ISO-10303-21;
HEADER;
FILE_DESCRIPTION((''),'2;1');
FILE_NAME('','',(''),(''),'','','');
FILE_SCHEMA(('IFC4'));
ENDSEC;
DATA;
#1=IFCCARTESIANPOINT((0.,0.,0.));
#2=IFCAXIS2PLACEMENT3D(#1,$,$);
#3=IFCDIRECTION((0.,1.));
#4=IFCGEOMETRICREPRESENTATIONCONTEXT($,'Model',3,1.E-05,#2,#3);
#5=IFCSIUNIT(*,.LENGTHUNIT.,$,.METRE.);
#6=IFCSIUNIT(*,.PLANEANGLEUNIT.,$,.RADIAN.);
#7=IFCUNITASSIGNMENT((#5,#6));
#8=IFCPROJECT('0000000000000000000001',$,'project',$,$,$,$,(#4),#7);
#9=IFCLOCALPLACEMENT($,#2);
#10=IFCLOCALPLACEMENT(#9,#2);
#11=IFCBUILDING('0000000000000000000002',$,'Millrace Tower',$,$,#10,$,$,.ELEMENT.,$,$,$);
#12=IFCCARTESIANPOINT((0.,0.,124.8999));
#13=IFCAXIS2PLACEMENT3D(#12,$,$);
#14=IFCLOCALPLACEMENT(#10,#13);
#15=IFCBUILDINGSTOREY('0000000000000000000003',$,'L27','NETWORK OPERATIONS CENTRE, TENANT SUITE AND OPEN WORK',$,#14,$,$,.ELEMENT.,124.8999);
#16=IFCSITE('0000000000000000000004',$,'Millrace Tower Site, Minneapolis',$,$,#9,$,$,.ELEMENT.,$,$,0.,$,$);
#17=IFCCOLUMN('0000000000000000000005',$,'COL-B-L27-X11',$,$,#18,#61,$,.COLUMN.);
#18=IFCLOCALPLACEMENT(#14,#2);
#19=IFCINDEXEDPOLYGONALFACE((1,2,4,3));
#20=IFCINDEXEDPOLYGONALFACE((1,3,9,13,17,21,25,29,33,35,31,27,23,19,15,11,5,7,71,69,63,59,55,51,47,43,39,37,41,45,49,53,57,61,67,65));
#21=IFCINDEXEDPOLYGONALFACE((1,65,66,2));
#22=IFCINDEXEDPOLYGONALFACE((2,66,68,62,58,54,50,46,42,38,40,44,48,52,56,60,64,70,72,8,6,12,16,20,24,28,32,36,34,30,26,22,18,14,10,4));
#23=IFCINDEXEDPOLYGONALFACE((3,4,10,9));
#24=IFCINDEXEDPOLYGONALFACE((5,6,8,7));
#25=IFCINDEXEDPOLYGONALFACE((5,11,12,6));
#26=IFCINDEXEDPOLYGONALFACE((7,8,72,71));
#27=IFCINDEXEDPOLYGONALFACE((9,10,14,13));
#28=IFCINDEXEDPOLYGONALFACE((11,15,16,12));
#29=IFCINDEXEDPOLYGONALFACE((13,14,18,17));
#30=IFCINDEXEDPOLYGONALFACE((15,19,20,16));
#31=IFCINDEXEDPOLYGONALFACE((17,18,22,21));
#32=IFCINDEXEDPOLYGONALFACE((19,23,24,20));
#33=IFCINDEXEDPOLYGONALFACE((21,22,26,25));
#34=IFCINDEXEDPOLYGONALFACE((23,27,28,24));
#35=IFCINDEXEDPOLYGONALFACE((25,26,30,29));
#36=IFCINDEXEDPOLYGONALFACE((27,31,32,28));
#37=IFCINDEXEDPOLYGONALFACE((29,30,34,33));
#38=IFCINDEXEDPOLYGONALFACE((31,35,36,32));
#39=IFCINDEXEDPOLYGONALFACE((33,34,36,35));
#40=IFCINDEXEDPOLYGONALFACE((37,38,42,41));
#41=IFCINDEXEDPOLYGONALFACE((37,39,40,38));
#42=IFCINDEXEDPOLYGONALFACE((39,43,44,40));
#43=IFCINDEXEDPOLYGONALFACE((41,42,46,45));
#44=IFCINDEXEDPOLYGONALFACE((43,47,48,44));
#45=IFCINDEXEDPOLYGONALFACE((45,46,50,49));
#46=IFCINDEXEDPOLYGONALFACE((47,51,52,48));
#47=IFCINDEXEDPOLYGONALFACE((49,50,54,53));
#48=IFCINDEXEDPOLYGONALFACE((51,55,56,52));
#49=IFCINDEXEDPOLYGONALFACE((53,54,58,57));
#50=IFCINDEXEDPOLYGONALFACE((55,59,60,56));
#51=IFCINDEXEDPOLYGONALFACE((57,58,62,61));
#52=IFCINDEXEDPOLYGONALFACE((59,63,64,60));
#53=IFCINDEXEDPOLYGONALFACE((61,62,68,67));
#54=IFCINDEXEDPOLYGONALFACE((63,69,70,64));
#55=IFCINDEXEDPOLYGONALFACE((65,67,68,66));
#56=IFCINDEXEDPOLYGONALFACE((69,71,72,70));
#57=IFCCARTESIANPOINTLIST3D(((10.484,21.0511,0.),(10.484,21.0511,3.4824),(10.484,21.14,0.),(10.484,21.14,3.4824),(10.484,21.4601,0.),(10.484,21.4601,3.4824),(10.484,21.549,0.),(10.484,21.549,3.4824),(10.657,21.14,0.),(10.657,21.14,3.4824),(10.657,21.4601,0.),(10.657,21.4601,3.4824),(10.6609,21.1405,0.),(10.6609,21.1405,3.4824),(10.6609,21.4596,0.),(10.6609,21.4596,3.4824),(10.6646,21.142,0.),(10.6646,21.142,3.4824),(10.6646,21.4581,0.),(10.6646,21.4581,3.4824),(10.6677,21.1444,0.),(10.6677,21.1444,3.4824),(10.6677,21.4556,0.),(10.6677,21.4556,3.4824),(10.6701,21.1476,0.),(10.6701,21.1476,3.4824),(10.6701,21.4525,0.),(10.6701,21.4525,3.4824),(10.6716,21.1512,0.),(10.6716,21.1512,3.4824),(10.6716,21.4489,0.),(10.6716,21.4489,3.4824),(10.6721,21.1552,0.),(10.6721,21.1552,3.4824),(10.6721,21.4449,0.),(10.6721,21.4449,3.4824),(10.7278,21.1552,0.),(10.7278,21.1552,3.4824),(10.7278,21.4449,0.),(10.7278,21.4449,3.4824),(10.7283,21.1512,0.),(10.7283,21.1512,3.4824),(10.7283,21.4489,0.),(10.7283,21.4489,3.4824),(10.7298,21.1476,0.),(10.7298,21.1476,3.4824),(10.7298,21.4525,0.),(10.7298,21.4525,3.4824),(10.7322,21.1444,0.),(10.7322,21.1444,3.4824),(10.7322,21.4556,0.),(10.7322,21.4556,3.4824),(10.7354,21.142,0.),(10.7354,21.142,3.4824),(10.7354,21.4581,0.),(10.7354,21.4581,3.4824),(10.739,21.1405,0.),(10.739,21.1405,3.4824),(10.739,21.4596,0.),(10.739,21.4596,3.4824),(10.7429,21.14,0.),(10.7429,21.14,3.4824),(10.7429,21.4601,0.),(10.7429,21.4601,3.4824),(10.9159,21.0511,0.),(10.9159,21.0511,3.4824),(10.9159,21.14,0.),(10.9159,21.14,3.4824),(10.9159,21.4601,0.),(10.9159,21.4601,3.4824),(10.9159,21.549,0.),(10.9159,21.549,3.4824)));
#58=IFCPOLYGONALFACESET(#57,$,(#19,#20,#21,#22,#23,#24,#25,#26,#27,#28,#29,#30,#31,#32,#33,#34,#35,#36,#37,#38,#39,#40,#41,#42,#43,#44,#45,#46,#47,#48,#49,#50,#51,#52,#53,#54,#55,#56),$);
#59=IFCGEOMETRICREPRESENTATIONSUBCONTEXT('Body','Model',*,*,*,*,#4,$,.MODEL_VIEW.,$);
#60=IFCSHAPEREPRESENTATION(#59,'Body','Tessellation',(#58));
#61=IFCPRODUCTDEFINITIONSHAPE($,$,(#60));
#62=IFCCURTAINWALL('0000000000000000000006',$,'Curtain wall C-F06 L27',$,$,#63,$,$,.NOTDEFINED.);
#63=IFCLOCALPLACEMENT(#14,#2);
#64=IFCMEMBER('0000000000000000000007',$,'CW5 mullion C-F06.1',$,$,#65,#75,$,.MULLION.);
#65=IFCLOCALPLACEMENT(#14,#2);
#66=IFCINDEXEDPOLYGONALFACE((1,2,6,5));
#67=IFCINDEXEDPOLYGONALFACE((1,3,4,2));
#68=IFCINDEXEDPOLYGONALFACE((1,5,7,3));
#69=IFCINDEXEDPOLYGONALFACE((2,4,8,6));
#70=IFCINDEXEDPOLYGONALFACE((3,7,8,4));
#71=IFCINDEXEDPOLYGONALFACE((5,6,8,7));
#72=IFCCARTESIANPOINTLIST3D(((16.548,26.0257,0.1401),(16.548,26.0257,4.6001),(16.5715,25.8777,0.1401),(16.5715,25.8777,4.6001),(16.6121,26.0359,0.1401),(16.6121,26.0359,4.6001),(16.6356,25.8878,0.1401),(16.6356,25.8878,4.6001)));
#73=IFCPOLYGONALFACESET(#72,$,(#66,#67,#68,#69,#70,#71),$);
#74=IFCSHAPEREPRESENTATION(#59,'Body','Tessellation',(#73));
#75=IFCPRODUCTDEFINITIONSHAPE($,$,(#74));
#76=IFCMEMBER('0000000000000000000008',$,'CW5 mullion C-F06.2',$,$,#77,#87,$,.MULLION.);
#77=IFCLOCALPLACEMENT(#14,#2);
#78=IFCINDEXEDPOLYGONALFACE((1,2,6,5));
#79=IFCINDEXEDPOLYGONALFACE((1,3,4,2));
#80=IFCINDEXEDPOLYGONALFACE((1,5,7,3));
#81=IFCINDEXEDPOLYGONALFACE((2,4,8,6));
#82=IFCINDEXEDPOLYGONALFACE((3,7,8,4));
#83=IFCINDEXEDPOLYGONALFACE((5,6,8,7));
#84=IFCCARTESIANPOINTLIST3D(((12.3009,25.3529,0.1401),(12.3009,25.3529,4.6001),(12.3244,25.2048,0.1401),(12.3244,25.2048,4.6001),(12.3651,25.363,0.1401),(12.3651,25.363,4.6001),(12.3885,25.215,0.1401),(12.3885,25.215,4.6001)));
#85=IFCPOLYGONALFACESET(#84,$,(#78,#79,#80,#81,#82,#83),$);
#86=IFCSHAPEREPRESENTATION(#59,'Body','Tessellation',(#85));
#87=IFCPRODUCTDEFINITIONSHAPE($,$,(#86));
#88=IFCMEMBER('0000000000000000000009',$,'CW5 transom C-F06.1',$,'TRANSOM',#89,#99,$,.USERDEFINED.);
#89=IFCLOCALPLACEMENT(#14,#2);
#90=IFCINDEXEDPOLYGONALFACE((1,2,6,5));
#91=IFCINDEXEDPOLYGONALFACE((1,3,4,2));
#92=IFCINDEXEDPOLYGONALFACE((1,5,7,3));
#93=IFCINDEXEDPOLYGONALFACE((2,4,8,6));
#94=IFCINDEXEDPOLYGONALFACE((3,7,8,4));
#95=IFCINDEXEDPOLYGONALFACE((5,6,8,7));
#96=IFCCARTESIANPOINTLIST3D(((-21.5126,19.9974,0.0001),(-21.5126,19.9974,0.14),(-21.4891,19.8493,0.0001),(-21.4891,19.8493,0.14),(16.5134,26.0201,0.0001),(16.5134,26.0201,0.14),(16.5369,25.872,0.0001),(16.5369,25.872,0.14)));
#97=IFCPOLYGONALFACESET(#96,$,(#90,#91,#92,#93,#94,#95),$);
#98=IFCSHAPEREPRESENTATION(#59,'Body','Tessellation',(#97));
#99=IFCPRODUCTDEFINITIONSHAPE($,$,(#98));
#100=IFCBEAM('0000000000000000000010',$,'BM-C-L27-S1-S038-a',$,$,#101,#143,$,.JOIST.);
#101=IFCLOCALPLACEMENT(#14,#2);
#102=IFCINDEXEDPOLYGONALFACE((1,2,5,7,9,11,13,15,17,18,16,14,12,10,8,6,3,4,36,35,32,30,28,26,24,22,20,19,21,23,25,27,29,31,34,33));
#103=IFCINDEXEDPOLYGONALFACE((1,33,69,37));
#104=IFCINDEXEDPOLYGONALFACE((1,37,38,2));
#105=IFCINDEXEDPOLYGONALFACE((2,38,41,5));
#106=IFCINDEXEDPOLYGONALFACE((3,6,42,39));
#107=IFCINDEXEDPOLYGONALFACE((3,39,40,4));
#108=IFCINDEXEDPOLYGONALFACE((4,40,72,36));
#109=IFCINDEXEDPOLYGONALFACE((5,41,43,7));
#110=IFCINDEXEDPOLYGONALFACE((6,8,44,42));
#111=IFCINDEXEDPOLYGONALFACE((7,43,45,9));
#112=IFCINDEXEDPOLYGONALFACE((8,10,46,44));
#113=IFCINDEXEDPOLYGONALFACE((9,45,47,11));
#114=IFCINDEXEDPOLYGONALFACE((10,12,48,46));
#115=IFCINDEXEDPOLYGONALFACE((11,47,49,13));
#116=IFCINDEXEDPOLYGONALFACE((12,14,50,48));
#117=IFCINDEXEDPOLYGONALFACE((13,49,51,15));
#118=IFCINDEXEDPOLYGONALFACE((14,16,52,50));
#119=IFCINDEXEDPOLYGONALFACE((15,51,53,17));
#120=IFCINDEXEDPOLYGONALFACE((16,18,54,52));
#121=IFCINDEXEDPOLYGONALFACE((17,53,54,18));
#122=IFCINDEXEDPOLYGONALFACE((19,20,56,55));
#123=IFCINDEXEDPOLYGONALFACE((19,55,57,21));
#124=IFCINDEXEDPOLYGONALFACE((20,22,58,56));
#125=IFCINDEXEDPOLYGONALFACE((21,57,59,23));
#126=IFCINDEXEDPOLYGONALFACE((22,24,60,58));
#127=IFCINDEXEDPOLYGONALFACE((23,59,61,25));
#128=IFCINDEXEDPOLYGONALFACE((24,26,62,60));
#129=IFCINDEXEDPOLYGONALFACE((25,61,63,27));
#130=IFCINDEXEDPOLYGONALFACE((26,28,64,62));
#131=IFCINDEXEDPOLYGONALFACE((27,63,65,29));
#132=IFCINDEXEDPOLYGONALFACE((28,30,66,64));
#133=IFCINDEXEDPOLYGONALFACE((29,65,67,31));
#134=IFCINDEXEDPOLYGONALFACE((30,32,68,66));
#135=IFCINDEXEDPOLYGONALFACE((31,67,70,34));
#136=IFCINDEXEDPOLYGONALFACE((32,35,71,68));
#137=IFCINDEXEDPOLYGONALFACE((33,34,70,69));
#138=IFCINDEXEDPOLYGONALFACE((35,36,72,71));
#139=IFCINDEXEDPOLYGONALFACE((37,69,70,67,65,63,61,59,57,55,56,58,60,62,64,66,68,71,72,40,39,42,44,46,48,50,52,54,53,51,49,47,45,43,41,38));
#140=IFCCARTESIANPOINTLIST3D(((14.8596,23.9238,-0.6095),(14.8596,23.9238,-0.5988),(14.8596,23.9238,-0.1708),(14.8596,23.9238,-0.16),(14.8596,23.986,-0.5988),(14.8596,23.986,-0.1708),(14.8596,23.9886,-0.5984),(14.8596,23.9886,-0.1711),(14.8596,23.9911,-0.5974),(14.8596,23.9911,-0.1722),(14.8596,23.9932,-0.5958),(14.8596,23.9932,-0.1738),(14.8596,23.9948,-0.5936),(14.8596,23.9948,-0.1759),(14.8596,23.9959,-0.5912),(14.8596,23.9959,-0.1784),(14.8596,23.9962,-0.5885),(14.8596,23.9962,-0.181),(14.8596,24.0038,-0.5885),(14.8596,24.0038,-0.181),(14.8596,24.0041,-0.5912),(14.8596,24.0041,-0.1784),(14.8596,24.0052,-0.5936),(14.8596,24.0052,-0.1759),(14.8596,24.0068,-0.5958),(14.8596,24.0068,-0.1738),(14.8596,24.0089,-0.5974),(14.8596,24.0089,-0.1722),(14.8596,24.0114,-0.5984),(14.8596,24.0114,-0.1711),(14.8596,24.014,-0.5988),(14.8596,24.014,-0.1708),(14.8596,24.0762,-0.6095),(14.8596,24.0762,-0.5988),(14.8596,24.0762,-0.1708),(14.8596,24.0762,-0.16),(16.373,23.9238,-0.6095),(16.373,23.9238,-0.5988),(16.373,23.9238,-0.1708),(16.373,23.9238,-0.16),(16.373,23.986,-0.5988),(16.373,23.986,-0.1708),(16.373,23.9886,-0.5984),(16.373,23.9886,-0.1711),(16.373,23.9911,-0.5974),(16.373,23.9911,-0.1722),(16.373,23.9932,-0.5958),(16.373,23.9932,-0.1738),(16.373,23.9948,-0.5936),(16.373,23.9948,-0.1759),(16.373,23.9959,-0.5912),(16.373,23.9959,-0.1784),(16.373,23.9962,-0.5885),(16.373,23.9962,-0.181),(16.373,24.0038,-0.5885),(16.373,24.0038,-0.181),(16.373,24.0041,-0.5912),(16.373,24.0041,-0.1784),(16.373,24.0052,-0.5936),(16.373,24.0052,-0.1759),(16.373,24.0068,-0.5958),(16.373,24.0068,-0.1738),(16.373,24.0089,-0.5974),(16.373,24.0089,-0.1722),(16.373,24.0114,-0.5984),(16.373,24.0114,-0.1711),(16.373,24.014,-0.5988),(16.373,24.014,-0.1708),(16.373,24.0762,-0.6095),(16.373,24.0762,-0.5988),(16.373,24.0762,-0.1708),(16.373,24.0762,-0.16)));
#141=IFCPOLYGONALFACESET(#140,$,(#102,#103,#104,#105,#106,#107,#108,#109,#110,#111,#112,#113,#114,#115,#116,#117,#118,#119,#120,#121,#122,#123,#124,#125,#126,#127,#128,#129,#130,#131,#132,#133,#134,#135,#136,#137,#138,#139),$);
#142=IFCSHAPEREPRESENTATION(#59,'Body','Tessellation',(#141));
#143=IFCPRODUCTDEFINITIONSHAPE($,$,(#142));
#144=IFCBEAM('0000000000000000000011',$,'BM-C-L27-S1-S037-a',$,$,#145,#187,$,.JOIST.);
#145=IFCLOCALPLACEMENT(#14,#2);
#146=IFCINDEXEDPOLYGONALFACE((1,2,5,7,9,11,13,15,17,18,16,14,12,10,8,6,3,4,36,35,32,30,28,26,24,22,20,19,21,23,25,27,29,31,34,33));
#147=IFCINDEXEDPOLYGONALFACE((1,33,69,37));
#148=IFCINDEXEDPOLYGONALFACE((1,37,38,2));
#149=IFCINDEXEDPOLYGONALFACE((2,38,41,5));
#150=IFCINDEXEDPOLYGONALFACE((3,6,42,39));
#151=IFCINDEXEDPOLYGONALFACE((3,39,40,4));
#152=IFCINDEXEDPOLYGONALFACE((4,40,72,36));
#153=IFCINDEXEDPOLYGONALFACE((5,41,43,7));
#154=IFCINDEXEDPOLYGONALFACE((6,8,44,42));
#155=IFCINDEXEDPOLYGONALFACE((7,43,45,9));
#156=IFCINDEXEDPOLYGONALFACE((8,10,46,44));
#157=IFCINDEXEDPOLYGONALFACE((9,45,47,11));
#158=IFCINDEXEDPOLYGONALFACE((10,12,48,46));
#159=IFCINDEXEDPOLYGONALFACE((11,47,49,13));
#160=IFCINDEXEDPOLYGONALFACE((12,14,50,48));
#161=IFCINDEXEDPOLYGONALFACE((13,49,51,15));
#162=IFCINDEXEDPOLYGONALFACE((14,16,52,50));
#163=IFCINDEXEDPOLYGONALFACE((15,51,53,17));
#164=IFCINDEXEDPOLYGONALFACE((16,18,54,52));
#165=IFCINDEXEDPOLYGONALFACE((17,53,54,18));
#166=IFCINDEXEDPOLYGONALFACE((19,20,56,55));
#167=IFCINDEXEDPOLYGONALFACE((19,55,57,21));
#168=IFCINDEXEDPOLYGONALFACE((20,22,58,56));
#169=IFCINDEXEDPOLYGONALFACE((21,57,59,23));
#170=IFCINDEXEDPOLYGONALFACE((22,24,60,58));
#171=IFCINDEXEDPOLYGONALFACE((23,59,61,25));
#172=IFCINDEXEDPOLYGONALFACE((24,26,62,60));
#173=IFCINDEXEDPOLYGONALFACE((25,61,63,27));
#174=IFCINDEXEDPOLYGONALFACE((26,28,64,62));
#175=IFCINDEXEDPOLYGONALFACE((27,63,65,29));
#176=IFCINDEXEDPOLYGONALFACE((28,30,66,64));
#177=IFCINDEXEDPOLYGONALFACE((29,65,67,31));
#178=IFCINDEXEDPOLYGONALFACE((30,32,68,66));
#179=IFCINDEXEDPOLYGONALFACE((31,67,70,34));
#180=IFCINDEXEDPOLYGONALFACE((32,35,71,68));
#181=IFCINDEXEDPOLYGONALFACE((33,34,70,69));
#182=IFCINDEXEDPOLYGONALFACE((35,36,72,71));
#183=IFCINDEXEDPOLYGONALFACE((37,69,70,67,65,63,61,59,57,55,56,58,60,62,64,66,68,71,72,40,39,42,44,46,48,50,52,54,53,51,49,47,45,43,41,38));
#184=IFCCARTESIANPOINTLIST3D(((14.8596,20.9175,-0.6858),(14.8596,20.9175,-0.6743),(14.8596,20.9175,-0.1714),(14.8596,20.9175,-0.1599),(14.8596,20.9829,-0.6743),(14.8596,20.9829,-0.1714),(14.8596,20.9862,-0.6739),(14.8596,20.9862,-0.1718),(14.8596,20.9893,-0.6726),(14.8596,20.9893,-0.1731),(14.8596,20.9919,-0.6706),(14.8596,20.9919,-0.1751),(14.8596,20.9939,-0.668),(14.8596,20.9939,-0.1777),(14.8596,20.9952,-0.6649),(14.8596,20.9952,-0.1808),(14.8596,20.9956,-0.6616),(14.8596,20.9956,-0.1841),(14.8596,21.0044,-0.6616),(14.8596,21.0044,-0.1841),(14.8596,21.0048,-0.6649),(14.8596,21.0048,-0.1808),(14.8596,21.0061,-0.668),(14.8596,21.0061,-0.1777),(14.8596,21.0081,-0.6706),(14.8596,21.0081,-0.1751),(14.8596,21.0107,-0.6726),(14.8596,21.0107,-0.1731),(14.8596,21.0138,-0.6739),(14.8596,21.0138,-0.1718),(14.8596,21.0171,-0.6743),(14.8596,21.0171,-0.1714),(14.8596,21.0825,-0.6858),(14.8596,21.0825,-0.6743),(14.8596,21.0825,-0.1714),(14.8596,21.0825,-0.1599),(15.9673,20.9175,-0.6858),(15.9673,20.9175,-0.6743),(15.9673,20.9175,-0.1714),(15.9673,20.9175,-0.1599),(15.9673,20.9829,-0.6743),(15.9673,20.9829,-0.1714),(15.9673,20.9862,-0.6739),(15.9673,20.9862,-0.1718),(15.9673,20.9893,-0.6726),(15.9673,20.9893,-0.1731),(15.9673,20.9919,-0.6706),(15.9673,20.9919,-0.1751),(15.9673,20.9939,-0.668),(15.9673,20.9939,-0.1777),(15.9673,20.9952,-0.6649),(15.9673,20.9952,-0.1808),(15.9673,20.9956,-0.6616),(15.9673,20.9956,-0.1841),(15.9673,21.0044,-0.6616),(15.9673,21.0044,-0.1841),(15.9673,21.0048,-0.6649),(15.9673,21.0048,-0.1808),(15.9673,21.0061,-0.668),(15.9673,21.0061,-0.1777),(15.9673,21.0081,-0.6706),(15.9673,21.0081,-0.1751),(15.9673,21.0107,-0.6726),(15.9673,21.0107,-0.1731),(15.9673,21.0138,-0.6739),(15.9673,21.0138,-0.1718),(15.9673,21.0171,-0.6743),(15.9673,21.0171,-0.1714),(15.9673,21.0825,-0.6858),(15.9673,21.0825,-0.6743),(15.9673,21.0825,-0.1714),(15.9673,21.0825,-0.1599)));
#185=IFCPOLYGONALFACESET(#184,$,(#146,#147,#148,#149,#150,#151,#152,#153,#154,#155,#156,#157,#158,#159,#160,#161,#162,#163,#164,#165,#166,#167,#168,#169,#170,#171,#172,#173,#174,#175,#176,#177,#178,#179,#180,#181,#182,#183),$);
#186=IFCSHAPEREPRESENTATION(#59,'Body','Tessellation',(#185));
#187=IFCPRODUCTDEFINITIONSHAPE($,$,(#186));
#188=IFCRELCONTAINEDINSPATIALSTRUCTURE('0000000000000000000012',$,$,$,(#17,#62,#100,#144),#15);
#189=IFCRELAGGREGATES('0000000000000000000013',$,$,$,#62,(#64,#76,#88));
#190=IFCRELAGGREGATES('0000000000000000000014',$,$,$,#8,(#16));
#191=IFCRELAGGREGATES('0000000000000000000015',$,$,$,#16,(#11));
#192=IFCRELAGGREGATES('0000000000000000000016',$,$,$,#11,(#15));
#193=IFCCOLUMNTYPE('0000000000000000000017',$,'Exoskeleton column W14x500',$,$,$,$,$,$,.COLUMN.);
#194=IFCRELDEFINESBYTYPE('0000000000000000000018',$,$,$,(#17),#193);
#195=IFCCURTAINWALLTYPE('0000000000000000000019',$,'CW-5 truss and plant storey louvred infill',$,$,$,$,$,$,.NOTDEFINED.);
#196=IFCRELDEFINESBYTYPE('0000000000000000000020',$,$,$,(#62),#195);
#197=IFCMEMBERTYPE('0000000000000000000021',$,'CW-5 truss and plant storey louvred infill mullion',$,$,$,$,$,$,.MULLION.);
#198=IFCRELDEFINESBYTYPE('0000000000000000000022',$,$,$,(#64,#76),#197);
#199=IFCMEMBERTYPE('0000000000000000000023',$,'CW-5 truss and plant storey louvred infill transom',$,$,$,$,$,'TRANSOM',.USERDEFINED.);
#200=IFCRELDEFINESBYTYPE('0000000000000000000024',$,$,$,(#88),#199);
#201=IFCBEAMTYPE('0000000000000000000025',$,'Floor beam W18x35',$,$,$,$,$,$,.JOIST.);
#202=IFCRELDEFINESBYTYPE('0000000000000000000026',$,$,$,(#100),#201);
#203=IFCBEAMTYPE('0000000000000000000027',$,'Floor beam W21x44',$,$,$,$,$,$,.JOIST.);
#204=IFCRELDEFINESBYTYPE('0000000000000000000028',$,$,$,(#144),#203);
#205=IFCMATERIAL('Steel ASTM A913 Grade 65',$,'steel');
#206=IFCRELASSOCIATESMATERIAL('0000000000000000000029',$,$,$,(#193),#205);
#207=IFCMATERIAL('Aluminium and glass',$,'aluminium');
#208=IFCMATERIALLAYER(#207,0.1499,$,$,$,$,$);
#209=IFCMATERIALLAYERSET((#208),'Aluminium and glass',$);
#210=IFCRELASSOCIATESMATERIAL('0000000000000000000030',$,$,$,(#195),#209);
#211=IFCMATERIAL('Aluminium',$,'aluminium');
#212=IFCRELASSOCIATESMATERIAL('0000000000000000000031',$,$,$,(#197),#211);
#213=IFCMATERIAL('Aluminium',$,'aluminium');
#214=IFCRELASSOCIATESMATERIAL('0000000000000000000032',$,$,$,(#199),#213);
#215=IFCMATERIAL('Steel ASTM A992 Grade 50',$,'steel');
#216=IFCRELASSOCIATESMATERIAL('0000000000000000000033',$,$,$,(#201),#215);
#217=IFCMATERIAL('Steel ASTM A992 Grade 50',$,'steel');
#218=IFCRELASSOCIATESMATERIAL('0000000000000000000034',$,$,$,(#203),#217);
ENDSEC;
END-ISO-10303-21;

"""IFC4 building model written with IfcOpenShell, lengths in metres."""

from ifc_helpers import new_model, si_unit, direction, frame, origin, origin_2d, place, context, subcontext, project, spatial, rectangle, i_section, extrude, material, layer, layer_set, material_profile, profile_set, type_object, element, aggregate, save


model = new_model("IFC4")

# Units and contexts
model_context = context("Model", 3, precision=1e-05, world=origin(), true_north=direction((0.0, 1.0)))
body_context = subcontext(model_context, "Body", "Model", "MODEL_VIEW")
ifc_project = project(units=[si_unit("LENGTHUNIT", "METRE"), si_unit("PLANEANGLEUNIT", "RADIAN")], contexts=[model_context])

# Site, building, storey
site_placement = place(None, origin())
site = spatial("IfcSite", under=ifc_project, at=site_placement, Name="Millrace Tower Site, Minneapolis", CompositionType="ELEMENT", RefElevation=0.0)
building_placement = place(site_placement, origin())
building = spatial("IfcBuilding", under=site, at=building_placement, Name="Millrace Tower", CompositionType="ELEMENT")
storey_placement = place(building_placement, frame((0.0, 0.0, 124.8999)))
storey = spatial("IfcBuildingStorey", under=building, at=storey_placement, Name="L27", Description="NETWORK OPERATIONS CENTRE, TENANT SUITE AND OPEN WORK", CompositionType="ELEMENT", Elevation=124.8999)

# Column
ifc_material_1 = material(Name="Steel ASTM A913 Grade 65", Category="steel")
ifc_material_profile_1 = material_profile(ifc_material_1, i_section(OverallWidth=0.4319, OverallDepth=0.4978, WebThickness=0.0557, FlangeThickness=0.0889, FilletRadius=0.0151, at=origin_2d()))
ifc_profile_set_1 = profile_set([ifc_material_profile_1], Name="Steel ASTM A913 Grade 65")
column_type = type_object("IfcColumnType", Name="Exoskeleton column W14x500", PredefinedType="COLUMN", material=ifc_profile_set_1)
column_placement = place(storey_placement, frame((10.7, 21.3, 0.0), z_axis=(0.0, 0.0, 1.0), x_axis=(-1.0, 0.0, 0.0)))
element("IfcColumn", 1, at=column_placement, inside=storey, type_object=column_type, Name="COL-B-L27-X11", PredefinedType="COLUMN", context=body_context, shape_type="SweptSolid", body=[
    extrude(i_section(OverallWidth=0.4319, OverallDepth=0.4978, WebThickness=0.0557, FlangeThickness=0.0889, FilletRadius=0.0151, at=origin_2d()), origin(), (0.0, 0.0, 1.0), 3.4824),
])

# Curtain wall, members
ifc_material_2 = material(Name="Aluminium and glass", Category="aluminium")
ifc_layer_1 = layer(ifc_material_2, 0.1499)
ifc_layer_set_1 = layer_set([ifc_layer_1], Name="Aluminium and glass")
curtain_wall_type = type_object("IfcCurtainWallType", Name="CW-5 truss and plant storey louvred infill", PredefinedType="NOTDEFINED", material=ifc_layer_set_1)
curtain_wall_placement = place(storey_placement, origin())
curtain_wall = element("IfcCurtainWall", 2, at=curtain_wall_placement, inside=storey, type_object=curtain_wall_type, Name="Curtain wall C-F06 L27", PredefinedType="NOTDEFINED")
ifc_material_3 = material(Name="Aluminium", Category="aluminium")
ifc_material_profile_2 = material_profile(ifc_material_3, rectangle(XDim=0.0649, YDim=0.1499, at=origin_2d()))
ifc_profile_set_2 = profile_set([ifc_material_profile_2], Name="Aluminium")
member_type_1 = type_object("IfcMemberType", Name="CW-5 truss and plant storey louvred infill mullion", PredefinedType="MULLION", material=ifc_profile_set_2)
member_1_placement = place(storey_placement, frame((16.5918, 25.9568, 0.1401), z_axis=(0.0, 0.0, 1.0), x_axis=(-0.987688, -0.156434, 0.0)))
member_1 = element("IfcMember", 3, at=member_1_placement, type_object=member_type_1, Name="CW5 mullion C-F06.1", PredefinedType="MULLION", context=body_context, shape_type="SweptSolid", body=[
    extrude(rectangle(XDim=0.0649, YDim=0.1499, at=origin_2d()), origin(), (0.0, 0.0, 1.0), 4.46),
])
member_2_placement = place(storey_placement, frame((12.3447, 25.2839, 0.1401), z_axis=(0.0, 0.0, 1.0), x_axis=(-0.987688, -0.156434, 0.0)))
member_2 = element("IfcMember", 4, at=member_2_placement, type_object=member_type_1, Name="CW5 mullion C-F06.2", PredefinedType="MULLION", context=body_context, shape_type="SweptSolid", body=[
    extrude(rectangle(XDim=0.0649, YDim=0.1499, at=origin_2d()), origin(), (0.0, 0.0, 1.0), 4.46),
])
ifc_material_4 = material(Name="Aluminium", Category="aluminium")
ifc_material_profile_3 = material_profile(ifc_material_4, rectangle(XDim=0.1499, YDim=0.1399, at=origin_2d()))
ifc_profile_set_3 = profile_set([ifc_material_profile_3], Name="Aluminium")
member_type_2 = type_object("IfcMemberType", Name="CW-5 truss and plant storey louvred infill transom", ElementType="TRANSOM", PredefinedType="USERDEFINED", material=ifc_profile_set_3)
member_3_placement = place(storey_placement, frame((16.5251, 25.946, 0.0701), z_axis=(-0.987689, -0.156433, 0.0), x_axis=(0.156433, -0.987689, 0.0)))
member_3 = element("IfcMember", 5, at=member_3_placement, type_object=member_type_2, Name="CW5 transom C-F06.1", ObjectType="TRANSOM", PredefinedType="USERDEFINED", context=body_context, shape_type="SweptSolid", body=[
    extrude(rectangle(XDim=0.1499, YDim=0.1399, at=origin_2d()), origin(), (0.0, 0.0, 1.0), 38.5),
])
aggregate(curtain_wall, [member_1, member_2, member_3])

# Beams
ifc_material_5 = material(Name="Steel ASTM A992 Grade 50", Category="steel")
ifc_material_profile_4 = material_profile(ifc_material_5, i_section(OverallWidth=0.1523, OverallDepth=0.4495, WebThickness=0.0076, FlangeThickness=0.0107, FilletRadius=0.0103, at=origin_2d()))
ifc_profile_set_4 = profile_set([ifc_material_profile_4], Name="Steel ASTM A992 Grade 50")
beam_type_1 = type_object("IfcBeamType", Name="Floor beam W18x35", PredefinedType="JOIST", material=ifc_profile_set_4)
beam_1_placement = place(storey_placement, frame((14.8596, 24.0, -0.3848), z_axis=(1.0, 0.0, 0.0), x_axis=(0.0, 1.0, 0.0)))
element("IfcBeam", 6, at=beam_1_placement, inside=storey, type_object=beam_type_1, Name="BM-C-L27-S1-S038-a", PredefinedType="JOIST", context=body_context, shape_type="SweptSolid", body=[
    extrude(i_section(OverallWidth=0.1523, OverallDepth=0.4495, WebThickness=0.0076, FlangeThickness=0.0107, FilletRadius=0.0103, at=origin_2d()), origin(), (0.0, 0.0, 1.0), 1.5134),
])
ifc_material_6 = material(Name="Steel ASTM A992 Grade 50", Category="steel")
ifc_material_profile_5 = material_profile(ifc_material_6, i_section(OverallWidth=0.165, OverallDepth=0.5259, WebThickness=0.0088, FlangeThickness=0.0115, FilletRadius=0.0127, at=origin_2d()))
ifc_profile_set_5 = profile_set([ifc_material_profile_5], Name="Steel ASTM A992 Grade 50")
beam_type_2 = type_object("IfcBeamType", Name="Floor beam W21x44", PredefinedType="JOIST", material=ifc_profile_set_5)
beam_2_placement = place(storey_placement, frame((14.8596, 21.0, -0.4229), z_axis=(1.0, 0.0, 0.0), x_axis=(0.0, 1.0, 0.0)))
element("IfcBeam", 7, at=beam_2_placement, inside=storey, type_object=beam_type_2, Name="BM-C-L27-S1-S037-a", PredefinedType="JOIST", context=body_context, shape_type="SweptSolid", body=[
    extrude(i_section(OverallWidth=0.165, OverallDepth=0.5259, WebThickness=0.0088, FlangeThickness=0.0115, FilletRadius=0.0127, at=origin_2d()), origin(), (0.0, 0.0, 1.0), 1.1077),
])

save(model, "model.ifc")
